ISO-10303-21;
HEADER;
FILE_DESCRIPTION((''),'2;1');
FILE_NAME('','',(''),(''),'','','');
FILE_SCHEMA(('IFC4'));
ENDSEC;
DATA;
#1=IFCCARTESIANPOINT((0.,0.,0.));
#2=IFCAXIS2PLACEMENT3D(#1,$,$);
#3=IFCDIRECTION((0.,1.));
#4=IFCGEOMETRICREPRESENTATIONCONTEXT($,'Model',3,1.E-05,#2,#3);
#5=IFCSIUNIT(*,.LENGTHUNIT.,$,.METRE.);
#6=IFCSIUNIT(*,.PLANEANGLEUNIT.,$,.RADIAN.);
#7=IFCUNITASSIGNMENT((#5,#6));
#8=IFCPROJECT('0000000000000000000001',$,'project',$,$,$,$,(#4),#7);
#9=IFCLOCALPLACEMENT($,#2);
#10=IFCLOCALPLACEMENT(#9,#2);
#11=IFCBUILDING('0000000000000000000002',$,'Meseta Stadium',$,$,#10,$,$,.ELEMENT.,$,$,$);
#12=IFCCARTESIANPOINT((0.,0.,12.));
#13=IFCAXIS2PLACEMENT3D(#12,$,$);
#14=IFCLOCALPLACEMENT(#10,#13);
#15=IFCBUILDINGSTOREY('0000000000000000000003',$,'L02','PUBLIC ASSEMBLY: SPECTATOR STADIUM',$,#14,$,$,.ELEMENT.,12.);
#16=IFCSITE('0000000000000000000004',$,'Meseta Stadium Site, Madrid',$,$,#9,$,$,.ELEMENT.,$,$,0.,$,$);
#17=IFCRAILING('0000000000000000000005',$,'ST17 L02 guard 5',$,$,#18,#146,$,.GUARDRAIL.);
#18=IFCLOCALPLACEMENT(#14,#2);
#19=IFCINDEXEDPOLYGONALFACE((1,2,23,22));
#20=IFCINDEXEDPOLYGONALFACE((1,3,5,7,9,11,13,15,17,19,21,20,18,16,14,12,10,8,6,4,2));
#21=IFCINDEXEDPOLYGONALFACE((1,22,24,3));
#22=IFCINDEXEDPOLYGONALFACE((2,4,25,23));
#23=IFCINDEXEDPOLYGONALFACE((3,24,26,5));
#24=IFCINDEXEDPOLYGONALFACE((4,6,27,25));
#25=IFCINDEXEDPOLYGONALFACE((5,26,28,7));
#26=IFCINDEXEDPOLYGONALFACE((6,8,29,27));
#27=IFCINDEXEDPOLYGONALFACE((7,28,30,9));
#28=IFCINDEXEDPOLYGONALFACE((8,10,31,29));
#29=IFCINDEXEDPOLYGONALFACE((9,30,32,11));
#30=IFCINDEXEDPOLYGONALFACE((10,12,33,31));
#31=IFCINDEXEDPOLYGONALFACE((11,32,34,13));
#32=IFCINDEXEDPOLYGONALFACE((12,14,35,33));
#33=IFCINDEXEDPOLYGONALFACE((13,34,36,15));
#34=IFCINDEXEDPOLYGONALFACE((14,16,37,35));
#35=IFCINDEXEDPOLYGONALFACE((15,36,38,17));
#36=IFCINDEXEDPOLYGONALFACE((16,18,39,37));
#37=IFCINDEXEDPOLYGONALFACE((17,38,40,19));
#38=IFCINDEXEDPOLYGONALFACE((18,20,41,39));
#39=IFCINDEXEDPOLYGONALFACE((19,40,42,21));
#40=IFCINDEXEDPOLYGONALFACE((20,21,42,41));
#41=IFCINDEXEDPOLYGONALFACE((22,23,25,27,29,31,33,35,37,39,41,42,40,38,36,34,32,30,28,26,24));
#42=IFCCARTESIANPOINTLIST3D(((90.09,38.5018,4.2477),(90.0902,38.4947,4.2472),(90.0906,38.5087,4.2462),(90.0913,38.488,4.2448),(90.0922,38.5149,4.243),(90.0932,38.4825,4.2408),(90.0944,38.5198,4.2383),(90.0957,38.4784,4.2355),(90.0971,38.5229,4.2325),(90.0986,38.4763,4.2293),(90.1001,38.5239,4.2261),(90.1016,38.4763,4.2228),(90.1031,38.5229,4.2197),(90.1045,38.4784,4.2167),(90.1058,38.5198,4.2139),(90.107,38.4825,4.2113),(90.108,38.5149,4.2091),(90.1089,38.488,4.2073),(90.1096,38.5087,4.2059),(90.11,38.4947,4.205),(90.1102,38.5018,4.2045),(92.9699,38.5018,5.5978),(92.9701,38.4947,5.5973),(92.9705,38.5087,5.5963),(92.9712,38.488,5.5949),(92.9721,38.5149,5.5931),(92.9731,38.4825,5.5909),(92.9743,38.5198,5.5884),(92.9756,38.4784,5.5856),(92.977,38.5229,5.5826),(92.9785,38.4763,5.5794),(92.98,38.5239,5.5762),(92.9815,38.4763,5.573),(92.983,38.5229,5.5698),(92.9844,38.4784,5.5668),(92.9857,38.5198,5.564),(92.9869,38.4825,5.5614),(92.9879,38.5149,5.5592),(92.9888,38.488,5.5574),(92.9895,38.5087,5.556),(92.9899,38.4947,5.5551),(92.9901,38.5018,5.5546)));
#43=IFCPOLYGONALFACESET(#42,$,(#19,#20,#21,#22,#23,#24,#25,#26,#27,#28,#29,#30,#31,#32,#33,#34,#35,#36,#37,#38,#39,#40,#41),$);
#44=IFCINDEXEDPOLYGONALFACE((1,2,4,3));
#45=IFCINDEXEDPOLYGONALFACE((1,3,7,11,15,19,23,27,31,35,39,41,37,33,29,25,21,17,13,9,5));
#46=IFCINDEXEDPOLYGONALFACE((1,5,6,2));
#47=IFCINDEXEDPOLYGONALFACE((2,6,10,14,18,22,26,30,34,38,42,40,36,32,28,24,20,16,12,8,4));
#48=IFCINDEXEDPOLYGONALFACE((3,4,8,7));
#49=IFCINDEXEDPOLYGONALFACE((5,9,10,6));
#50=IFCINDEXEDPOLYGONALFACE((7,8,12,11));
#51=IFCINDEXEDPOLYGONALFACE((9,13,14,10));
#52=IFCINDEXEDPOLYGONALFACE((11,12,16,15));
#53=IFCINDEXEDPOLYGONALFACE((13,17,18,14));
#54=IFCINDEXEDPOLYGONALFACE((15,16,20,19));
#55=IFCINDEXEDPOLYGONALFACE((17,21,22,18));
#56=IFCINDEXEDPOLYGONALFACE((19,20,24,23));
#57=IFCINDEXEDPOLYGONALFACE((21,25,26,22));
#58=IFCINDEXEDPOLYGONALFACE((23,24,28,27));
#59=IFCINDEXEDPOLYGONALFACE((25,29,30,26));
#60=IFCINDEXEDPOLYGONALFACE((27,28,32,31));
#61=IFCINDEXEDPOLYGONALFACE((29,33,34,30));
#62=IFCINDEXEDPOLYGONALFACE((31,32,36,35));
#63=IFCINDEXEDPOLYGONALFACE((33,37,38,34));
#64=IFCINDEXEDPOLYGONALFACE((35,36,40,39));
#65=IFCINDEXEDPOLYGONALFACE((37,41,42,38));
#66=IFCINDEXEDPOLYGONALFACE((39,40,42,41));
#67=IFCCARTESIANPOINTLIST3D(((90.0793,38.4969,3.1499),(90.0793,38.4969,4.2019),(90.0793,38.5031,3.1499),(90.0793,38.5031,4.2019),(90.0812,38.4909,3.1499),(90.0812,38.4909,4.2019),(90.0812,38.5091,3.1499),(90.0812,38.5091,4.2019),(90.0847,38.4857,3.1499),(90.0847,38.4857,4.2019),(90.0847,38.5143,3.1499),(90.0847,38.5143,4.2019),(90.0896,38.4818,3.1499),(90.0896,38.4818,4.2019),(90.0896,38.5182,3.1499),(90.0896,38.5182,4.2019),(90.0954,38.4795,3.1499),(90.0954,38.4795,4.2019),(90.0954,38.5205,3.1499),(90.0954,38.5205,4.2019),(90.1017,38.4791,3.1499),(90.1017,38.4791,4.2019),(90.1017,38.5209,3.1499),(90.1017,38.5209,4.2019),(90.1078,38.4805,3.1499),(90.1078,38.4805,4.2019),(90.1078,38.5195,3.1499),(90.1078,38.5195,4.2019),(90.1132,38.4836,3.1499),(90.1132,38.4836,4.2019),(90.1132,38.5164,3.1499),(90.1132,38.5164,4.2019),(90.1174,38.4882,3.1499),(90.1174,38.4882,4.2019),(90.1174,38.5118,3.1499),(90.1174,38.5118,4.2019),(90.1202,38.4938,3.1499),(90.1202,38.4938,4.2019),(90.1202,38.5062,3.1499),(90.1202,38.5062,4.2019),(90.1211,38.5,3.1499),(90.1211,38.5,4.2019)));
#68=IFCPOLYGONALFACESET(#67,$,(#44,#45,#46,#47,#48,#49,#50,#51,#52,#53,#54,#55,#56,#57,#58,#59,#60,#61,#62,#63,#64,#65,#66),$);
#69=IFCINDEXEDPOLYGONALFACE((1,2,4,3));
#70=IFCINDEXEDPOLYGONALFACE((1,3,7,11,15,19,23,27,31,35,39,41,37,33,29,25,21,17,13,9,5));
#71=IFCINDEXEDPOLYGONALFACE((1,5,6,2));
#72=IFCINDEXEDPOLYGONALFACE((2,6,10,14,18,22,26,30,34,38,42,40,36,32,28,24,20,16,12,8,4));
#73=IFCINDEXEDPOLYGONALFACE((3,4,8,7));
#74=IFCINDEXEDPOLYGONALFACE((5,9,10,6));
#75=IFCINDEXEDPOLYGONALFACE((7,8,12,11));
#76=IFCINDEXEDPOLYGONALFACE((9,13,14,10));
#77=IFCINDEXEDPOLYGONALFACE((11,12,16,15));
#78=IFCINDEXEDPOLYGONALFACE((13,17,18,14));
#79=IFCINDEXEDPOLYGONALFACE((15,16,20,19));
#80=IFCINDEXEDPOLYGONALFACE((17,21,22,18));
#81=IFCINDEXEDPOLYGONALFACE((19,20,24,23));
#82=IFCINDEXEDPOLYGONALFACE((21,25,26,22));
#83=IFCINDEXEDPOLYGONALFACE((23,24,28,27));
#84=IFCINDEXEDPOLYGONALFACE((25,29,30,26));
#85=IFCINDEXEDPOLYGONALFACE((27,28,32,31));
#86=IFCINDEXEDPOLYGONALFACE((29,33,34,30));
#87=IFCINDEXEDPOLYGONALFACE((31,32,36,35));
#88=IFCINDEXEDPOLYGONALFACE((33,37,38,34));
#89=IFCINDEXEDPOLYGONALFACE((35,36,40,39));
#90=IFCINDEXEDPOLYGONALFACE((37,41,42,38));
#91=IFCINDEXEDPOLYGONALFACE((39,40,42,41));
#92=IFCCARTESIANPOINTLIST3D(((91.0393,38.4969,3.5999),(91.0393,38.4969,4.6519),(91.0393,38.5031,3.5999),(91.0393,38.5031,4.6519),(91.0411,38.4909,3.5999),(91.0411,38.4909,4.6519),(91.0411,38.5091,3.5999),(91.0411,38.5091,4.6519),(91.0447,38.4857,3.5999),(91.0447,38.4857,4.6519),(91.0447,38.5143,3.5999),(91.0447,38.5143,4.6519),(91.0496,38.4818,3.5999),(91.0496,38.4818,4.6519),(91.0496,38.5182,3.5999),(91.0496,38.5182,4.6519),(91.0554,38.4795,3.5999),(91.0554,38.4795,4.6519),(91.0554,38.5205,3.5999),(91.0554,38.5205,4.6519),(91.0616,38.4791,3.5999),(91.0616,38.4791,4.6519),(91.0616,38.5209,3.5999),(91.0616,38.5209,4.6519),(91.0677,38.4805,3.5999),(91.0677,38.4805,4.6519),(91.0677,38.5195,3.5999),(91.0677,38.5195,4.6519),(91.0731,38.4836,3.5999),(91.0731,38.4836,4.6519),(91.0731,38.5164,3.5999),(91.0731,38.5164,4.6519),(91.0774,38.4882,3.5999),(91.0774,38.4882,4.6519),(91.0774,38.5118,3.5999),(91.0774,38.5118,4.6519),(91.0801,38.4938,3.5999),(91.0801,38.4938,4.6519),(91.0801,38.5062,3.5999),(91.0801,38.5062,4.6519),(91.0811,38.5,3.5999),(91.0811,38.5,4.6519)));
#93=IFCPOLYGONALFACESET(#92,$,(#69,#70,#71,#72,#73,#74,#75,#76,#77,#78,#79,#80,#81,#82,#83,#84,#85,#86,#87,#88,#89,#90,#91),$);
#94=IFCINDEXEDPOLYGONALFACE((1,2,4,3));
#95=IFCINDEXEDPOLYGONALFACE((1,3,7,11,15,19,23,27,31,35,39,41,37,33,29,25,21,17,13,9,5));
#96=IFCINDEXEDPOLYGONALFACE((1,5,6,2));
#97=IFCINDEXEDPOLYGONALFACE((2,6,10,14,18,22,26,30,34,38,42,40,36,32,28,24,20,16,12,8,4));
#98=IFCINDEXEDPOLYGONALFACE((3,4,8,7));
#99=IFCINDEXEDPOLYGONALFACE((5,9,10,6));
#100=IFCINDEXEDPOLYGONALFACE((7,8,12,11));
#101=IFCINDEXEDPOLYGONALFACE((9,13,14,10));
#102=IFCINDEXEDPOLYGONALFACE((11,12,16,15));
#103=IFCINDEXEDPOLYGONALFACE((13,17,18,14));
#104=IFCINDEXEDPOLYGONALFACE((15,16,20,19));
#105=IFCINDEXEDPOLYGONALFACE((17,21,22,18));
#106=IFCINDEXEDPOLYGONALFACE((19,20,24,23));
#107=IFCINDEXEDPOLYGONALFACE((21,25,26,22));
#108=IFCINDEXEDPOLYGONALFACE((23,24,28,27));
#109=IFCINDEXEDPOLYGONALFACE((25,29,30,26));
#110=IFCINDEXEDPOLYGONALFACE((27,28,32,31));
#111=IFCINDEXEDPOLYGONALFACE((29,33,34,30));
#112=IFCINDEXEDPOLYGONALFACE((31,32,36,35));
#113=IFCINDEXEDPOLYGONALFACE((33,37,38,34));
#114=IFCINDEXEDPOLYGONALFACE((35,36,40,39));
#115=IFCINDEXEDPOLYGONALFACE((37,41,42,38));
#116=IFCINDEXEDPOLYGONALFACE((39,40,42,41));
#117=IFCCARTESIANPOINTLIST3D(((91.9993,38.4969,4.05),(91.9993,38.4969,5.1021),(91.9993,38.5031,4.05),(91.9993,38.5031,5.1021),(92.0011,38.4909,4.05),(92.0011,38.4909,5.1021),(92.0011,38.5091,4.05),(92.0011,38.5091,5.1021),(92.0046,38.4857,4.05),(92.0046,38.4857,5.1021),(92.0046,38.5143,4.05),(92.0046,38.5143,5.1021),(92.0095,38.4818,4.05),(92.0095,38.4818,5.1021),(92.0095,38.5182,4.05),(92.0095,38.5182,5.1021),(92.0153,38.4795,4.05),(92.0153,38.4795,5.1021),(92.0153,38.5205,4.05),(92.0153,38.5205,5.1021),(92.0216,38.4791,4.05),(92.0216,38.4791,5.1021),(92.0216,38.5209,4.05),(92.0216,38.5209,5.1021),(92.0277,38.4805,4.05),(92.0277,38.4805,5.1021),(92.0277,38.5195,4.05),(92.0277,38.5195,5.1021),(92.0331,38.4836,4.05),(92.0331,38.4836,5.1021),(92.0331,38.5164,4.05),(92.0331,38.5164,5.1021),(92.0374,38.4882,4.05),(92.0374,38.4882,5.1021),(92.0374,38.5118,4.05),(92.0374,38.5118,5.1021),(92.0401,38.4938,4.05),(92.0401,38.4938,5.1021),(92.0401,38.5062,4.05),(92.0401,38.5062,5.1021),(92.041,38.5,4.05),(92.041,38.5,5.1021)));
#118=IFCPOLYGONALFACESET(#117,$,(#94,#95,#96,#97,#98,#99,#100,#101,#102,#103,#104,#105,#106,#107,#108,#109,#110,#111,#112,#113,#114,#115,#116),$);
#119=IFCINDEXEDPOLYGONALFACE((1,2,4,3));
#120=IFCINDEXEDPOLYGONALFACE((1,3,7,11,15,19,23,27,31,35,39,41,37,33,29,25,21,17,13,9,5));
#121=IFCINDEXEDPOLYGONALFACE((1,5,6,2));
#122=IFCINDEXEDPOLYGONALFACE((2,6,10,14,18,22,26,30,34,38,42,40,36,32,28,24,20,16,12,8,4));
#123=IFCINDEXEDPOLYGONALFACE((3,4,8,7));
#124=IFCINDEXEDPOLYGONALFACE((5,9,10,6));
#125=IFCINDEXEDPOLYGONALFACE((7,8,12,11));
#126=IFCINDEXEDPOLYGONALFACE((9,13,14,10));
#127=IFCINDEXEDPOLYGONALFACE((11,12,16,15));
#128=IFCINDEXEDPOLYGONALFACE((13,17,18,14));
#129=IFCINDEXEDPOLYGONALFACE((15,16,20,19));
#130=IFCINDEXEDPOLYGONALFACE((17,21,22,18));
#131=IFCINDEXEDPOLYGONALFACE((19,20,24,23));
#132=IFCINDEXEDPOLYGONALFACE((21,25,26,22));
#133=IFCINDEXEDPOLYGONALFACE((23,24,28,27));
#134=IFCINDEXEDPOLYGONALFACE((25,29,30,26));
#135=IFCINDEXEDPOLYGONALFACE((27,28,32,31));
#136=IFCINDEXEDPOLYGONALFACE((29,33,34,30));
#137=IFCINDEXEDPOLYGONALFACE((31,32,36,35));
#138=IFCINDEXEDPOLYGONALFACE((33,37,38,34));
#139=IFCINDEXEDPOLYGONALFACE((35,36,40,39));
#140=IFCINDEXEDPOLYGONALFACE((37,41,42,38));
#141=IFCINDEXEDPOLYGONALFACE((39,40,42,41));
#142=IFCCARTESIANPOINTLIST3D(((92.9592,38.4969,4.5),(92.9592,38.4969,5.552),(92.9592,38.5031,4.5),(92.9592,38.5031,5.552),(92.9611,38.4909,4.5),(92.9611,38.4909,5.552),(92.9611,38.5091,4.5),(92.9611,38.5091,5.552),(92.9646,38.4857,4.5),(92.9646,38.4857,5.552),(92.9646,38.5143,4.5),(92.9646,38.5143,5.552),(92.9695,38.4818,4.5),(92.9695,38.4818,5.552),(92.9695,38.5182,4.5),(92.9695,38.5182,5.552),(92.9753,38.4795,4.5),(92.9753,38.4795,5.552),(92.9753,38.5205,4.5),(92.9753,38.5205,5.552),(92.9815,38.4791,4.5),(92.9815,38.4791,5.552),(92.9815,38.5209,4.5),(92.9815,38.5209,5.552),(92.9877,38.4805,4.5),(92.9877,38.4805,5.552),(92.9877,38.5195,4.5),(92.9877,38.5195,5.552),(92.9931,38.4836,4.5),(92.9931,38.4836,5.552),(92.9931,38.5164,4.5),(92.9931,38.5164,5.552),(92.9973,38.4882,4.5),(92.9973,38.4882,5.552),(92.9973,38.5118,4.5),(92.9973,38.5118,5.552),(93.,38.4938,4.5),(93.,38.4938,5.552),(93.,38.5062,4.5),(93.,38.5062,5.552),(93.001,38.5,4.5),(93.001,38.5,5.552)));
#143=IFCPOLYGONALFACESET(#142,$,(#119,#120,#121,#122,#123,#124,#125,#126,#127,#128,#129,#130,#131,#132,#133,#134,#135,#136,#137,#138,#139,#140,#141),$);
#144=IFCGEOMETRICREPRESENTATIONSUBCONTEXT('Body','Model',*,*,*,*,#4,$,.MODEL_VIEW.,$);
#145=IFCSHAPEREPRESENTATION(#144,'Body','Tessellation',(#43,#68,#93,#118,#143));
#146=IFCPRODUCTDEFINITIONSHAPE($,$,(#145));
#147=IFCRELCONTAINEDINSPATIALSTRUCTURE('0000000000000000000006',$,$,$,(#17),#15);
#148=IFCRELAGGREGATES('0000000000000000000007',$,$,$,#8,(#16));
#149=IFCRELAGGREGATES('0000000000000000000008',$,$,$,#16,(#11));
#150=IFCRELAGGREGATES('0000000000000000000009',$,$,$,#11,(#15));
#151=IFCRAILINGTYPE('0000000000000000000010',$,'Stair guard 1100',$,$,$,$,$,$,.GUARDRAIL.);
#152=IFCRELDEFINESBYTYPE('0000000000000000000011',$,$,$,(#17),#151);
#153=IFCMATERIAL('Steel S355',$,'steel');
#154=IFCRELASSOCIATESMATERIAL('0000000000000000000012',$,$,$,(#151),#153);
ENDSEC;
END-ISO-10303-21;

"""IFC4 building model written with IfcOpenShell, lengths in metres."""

from ifc_helpers import new_model, si_unit, direction, frame, origin, origin_2d, place, context, subcontext, project, spatial, circle, extrude, material, type_object, element, save


model = new_model("IFC4")

# Units and contexts
model_context = context("Model", 3, precision=1e-05, world=origin(), true_north=direction((0.0, 1.0)))
body_context = subcontext(model_context, "Body", "Model", "MODEL_VIEW")
ifc_project = project(units=[si_unit("LENGTHUNIT", "METRE"), si_unit("PLANEANGLEUNIT", "RADIAN")], contexts=[model_context])

# Site, building, storey
site_placement = place(None, origin())
site = spatial("IfcSite", under=ifc_project, at=site_placement, Name="Meseta Stadium Site, Madrid", CompositionType="ELEMENT", RefElevation=0.0)
building_placement = place(site_placement, origin())
building = spatial("IfcBuilding", under=site, at=building_placement, Name="Meseta Stadium", CompositionType="ELEMENT")
storey_placement = place(building_placement, frame((0.0, 0.0, 12.0)))
storey = spatial("IfcBuildingStorey", under=building, at=storey_placement, Name="L02", Description="PUBLIC ASSEMBLY: SPECTATOR STADIUM", CompositionType="ELEMENT", Elevation=12.0)

# Railing
ifc_material_1 = material(Name="Steel S355", Category="steel")
railing_type_1 = type_object("IfcRailingType", Name="Stair guard 1100", PredefinedType="GUARDRAIL", material=ifc_material_1)
railing_1_placement = place(storey_placement, frame((90.1001, 38.5, 3.1499)))
element("IfcRailing", 1, at=railing_1_placement, inside=storey, type_object=railing_type_1, Name="ST17 L02 guard 5", PredefinedType="GUARDRAIL", context=body_context, shape_type="SweptSolid", body=[
    extrude(circle(Radius=0.0239, at=origin_2d()), frame((0.0, 0.0, 1.0762), z_axis=(0.90544, 0.0, 0.424473), x_axis=(0.0, 1.0, 0.0)), (0.0, 0.0, 1.0), 3.1807),
    extrude(circle(Radius=0.021, at=origin_2d()), origin(), (0.0, 0.0, 1.0), 1.052),
    extrude(circle(Radius=0.021, at=origin_2d()), frame((0.96, 0.0, 0.45)), (0.0, 0.0, 1.0), 1.052),
    extrude(circle(Radius=0.021, at=origin_2d()), frame((1.9199, 0.0, 0.9001)), (0.0, 0.0, 1.0), 1.052),
    extrude(circle(Radius=0.021, at=origin_2d()), frame((2.8799, 0.0, 1.3501)), (0.0, 0.0, 1.0), 1.052),
])

save(model, "model.ifc")
